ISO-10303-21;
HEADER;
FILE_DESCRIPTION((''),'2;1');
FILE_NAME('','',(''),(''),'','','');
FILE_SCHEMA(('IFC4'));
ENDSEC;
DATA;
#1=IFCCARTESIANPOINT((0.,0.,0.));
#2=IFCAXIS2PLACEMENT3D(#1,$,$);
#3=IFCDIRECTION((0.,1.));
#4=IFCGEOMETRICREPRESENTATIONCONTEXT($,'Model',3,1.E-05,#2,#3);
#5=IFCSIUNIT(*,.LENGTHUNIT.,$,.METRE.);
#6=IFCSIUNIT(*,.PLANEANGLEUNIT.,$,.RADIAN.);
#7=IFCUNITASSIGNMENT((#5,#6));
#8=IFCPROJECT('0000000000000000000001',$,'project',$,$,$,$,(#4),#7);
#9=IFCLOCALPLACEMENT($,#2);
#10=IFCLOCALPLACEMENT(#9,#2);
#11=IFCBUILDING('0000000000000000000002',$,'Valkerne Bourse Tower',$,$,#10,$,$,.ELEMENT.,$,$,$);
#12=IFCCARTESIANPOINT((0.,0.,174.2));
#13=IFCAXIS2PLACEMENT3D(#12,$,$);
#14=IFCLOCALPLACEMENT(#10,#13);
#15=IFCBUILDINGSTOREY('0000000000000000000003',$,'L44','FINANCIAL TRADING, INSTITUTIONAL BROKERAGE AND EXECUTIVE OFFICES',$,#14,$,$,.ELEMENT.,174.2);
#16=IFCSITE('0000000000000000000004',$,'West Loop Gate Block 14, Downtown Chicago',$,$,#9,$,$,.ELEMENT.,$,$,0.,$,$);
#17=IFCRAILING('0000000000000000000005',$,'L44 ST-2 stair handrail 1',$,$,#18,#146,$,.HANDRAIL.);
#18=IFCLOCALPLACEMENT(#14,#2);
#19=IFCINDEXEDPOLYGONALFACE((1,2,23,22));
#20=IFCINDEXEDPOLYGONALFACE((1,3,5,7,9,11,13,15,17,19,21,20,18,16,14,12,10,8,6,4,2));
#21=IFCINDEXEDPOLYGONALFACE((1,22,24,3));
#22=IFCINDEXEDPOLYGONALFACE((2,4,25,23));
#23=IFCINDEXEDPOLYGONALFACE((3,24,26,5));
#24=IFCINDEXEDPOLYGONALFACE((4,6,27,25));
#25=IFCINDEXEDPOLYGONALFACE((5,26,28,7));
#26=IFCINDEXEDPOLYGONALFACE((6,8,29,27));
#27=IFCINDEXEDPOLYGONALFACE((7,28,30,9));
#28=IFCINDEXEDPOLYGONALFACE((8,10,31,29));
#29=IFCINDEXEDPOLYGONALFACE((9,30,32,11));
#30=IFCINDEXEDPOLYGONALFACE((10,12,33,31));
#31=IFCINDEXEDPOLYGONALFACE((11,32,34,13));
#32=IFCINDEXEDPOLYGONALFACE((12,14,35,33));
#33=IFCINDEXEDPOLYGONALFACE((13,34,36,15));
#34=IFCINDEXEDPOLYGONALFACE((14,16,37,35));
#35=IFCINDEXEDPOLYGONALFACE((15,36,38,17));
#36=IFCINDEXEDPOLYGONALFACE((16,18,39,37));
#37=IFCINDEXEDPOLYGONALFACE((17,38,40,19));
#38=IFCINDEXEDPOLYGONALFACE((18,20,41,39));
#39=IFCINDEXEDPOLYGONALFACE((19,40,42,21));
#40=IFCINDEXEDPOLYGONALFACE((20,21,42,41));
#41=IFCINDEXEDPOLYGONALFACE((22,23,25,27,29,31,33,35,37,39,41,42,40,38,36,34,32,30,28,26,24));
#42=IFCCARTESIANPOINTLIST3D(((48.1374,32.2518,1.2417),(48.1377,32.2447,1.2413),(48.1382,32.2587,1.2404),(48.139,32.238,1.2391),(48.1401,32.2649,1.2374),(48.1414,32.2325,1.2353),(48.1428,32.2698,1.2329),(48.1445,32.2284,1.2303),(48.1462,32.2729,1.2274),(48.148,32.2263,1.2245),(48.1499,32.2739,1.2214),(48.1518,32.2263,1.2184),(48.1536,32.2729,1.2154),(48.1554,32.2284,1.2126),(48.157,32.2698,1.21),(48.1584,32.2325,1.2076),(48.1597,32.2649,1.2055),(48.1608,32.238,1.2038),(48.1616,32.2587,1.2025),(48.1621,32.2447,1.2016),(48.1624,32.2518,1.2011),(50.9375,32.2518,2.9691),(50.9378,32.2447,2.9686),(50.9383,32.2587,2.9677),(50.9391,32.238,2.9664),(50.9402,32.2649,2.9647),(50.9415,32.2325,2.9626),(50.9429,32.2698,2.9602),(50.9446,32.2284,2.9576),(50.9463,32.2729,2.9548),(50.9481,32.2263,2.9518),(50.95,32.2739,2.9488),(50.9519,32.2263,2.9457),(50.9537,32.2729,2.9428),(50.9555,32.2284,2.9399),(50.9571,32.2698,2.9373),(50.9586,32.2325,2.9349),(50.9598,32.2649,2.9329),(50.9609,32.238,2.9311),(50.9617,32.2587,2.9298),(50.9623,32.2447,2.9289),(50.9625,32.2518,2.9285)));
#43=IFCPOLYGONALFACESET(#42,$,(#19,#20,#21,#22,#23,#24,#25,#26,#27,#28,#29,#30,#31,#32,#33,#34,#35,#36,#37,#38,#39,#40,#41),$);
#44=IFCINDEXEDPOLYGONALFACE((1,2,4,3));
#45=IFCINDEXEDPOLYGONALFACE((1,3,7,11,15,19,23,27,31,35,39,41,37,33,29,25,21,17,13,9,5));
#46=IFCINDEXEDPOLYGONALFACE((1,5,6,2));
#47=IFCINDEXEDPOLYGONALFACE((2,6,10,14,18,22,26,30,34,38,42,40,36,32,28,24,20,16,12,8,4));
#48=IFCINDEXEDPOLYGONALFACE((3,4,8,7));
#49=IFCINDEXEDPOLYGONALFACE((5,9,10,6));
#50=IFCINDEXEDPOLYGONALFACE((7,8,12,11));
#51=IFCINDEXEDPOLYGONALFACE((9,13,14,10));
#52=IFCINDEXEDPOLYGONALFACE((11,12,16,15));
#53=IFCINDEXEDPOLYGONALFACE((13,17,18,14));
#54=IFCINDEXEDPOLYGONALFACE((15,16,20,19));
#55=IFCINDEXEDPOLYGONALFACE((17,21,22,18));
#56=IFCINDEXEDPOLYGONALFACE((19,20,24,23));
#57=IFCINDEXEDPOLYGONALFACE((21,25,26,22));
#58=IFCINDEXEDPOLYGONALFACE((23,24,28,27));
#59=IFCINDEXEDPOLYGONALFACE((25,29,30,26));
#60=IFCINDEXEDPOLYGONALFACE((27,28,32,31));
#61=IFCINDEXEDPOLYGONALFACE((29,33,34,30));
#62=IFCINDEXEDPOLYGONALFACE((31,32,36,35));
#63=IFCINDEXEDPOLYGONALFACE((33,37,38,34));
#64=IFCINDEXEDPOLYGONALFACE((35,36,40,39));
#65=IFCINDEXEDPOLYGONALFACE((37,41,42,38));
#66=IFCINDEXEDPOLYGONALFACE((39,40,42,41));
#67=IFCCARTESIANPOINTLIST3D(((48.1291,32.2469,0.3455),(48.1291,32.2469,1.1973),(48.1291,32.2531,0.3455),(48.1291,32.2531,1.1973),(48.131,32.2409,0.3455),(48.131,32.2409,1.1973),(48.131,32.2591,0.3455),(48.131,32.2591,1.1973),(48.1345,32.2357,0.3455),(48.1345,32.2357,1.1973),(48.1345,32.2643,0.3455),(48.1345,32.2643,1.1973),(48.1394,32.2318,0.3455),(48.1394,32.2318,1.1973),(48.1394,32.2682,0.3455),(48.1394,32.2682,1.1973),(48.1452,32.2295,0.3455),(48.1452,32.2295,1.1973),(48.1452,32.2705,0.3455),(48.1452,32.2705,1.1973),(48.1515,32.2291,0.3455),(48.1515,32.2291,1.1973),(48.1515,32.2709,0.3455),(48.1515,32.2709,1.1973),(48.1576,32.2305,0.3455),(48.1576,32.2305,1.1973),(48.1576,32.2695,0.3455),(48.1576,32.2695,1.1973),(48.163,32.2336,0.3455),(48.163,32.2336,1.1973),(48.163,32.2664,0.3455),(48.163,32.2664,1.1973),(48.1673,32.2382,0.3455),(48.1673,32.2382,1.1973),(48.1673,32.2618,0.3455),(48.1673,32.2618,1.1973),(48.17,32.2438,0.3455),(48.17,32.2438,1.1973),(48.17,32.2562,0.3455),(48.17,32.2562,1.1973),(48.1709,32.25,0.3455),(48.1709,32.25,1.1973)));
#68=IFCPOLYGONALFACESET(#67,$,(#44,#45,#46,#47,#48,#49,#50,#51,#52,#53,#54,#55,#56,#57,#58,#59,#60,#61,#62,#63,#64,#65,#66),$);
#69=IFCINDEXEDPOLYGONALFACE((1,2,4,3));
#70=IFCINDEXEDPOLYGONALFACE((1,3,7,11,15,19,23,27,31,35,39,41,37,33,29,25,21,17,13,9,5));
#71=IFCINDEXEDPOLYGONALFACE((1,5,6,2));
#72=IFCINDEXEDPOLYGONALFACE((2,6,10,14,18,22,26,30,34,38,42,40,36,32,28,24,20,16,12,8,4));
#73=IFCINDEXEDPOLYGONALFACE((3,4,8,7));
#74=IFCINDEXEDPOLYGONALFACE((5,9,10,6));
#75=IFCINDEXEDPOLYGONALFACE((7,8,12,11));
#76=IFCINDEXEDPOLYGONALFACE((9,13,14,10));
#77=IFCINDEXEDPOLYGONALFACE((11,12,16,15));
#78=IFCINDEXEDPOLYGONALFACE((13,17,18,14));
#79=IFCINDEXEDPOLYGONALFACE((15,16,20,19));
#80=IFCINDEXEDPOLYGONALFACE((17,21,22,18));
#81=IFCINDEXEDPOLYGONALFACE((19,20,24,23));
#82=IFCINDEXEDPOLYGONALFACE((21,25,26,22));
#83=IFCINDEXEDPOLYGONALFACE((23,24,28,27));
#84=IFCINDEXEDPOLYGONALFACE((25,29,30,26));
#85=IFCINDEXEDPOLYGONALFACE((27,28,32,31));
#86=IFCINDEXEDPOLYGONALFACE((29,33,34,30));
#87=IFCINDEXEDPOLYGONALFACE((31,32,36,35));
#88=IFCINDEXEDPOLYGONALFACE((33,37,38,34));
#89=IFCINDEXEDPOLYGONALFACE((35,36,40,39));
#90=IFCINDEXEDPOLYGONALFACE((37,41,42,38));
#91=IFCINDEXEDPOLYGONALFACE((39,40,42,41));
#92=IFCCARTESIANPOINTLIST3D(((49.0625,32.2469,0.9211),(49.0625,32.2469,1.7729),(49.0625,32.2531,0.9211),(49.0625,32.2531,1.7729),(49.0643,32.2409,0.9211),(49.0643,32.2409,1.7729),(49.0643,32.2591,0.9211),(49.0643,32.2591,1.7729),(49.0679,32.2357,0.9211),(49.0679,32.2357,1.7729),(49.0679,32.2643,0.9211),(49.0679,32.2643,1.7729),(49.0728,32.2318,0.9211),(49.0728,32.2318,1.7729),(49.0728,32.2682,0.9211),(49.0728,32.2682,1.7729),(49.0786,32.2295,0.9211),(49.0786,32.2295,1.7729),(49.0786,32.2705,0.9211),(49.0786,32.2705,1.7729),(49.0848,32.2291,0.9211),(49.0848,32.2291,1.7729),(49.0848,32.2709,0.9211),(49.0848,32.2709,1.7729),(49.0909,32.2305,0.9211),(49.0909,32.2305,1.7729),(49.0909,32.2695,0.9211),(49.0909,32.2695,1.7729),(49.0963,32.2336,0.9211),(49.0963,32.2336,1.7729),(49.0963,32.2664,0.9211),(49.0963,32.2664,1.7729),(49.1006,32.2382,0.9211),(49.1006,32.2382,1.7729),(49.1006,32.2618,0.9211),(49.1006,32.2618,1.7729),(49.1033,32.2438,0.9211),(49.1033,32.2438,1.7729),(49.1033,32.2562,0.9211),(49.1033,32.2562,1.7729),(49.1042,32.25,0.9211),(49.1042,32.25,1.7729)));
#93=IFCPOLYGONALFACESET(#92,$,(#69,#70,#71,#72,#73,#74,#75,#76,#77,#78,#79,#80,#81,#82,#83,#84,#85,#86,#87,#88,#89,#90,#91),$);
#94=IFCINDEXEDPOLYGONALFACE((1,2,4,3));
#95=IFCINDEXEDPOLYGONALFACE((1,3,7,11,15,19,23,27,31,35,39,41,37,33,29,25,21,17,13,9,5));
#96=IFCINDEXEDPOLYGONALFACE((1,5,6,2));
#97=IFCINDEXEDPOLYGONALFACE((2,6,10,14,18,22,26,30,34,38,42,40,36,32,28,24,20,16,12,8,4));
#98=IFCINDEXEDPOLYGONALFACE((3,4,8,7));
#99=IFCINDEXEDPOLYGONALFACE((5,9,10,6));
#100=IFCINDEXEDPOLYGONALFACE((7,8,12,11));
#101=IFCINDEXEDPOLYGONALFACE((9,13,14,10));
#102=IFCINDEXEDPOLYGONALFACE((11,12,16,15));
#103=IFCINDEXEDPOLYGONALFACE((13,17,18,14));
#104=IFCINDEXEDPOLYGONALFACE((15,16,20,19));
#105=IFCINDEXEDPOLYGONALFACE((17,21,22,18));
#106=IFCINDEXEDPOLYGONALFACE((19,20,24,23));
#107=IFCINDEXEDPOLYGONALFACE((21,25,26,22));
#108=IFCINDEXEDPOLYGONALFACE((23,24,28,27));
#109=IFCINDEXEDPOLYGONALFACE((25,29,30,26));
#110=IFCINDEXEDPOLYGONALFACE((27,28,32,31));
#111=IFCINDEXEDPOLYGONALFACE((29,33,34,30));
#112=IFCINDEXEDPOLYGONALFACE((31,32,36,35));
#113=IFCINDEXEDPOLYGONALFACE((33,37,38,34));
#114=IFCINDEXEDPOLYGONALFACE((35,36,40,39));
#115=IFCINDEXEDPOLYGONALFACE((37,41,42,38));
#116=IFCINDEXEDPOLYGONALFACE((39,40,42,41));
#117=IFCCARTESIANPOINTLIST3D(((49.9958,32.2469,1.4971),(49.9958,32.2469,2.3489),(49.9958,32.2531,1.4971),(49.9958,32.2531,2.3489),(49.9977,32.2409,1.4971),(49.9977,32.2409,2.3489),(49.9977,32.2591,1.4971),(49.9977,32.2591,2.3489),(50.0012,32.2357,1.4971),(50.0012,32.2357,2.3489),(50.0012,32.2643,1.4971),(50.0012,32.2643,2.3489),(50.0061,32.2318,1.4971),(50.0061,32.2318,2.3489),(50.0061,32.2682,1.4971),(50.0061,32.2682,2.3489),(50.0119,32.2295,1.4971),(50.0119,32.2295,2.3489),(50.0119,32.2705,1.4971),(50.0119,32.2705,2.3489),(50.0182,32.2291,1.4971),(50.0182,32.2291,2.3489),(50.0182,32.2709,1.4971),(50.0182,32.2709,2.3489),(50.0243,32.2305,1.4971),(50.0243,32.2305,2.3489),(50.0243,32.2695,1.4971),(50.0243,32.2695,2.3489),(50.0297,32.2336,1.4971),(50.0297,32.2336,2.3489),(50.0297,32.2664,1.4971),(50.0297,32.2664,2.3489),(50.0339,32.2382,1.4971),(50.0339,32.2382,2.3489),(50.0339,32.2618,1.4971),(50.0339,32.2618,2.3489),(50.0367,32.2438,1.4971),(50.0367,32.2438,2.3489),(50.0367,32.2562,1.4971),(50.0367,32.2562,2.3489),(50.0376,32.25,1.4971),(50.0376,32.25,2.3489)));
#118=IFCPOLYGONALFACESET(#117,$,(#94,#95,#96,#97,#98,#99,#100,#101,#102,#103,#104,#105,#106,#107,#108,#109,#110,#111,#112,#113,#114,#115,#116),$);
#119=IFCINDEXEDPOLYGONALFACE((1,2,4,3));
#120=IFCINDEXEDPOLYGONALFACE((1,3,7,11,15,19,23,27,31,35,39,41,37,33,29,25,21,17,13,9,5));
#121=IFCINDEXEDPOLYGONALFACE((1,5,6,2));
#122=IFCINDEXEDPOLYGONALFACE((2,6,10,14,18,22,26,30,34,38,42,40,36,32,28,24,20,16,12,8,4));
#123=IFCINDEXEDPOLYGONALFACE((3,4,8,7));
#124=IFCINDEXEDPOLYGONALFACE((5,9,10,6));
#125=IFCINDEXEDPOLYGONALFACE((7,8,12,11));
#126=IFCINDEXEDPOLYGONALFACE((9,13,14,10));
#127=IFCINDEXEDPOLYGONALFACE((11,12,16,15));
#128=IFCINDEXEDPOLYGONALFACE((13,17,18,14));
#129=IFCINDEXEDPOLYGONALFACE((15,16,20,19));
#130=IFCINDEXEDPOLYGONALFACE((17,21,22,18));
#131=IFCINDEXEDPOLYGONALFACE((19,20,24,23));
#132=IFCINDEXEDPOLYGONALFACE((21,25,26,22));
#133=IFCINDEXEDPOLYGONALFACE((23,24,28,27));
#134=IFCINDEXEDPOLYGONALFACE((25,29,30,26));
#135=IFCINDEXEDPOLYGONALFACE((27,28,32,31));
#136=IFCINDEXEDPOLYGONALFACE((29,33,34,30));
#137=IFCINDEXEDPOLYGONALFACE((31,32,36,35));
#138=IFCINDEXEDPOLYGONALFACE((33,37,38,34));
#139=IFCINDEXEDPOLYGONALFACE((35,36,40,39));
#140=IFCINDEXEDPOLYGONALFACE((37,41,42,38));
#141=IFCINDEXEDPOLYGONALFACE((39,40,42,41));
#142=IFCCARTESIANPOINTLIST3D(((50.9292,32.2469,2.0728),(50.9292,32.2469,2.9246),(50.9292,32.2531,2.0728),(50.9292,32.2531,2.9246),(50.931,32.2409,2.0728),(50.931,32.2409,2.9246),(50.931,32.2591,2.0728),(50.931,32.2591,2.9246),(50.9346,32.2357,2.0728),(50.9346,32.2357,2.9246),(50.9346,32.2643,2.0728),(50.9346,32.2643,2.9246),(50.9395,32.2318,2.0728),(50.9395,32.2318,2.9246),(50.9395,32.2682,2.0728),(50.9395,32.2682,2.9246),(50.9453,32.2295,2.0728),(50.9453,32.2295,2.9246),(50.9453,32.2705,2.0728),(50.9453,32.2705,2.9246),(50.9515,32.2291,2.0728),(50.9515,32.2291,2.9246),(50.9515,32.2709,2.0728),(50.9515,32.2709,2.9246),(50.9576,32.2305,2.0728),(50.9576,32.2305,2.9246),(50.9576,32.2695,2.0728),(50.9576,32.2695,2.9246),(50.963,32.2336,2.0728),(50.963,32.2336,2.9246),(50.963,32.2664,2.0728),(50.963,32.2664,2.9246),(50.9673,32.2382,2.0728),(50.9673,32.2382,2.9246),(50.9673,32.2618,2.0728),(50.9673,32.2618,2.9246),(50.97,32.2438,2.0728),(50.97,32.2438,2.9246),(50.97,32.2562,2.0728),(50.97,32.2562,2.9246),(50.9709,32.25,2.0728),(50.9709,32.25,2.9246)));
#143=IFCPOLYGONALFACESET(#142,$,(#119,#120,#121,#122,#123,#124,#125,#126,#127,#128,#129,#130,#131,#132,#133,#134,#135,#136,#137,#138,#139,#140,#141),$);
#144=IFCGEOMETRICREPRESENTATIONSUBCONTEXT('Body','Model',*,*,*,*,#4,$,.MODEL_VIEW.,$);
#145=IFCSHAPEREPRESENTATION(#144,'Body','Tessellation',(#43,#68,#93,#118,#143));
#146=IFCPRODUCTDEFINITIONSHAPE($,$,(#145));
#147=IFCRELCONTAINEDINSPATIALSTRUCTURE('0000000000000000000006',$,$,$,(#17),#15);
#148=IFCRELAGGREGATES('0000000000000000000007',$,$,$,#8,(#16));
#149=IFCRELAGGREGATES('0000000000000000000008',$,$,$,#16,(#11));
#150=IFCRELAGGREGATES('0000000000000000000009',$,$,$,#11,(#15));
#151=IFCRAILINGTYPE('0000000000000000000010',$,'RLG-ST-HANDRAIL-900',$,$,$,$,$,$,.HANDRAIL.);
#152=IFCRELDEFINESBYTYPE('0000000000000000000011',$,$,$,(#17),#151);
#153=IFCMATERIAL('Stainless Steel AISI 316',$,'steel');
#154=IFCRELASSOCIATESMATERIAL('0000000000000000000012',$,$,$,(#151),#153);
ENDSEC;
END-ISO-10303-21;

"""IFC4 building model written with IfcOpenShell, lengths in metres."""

from ifc_helpers import new_model, si_unit, direction, frame, origin, origin_2d, place, context, subcontext, project, spatial, circle, extrude, material, type_object, element, save


model = new_model("IFC4")

# Units and contexts
model_context = context("Model", 3, precision=1e-05, world=origin(), true_north=direction((0.0, 1.0)))
body_context = subcontext(model_context, "Body", "Model", "MODEL_VIEW")
ifc_project = project(units=[si_unit("LENGTHUNIT", "METRE"), si_unit("PLANEANGLEUNIT", "RADIAN")], contexts=[model_context])

# Site, building, storey
site_placement = place(None, origin())
site = spatial("IfcSite", under=ifc_project, at=site_placement, Name="West Loop Gate Block 14, Downtown Chicago", CompositionType="ELEMENT", RefElevation=0.0)
building_placement = place(site_placement, origin())
building = spatial("IfcBuilding", under=site, at=building_placement, Name="Valkerne Bourse Tower", CompositionType="ELEMENT")
storey_placement = place(building_placement, frame((0.0, 0.0, 174.2)))
storey = spatial("IfcBuildingStorey", under=building, at=storey_placement, Name="L44", Description="FINANCIAL TRADING, INSTITUTIONAL BROKERAGE AND EXECUTIVE OFFICES", CompositionType="ELEMENT", Elevation=174.2)

# Shared definitions
ifc_material_1 = material(Name="Stainless Steel AISI 316", Category="steel")

# Railing
railing_type_1 = type_object("IfcRailingType", Name="RLG-ST-HANDRAIL-900", PredefinedType="HANDRAIL", material=ifc_material_1)
railing_1_placement = place(storey_placement, frame((48.1499, 32.25, 0.3455)))
element("IfcRailing", 1, at=railing_1_placement, inside=storey, type_object=railing_type_1, Name="L44 ST-2 stair handrail 1", PredefinedType="HANDRAIL", context=body_context, shape_type="SweptSolid", body=[
    extrude(circle(Radius=0.0239, at=origin_2d()), frame((0.0, 0.0, 0.876), z_axis=(0.85109, 0.0, 0.52502), x_axis=(0.0, 1.0, 0.0)), (0.0, 0.0, 1.0), 3.29),
    extrude(circle(Radius=0.021, at=origin_2d()), origin(), (0.0, 0.0, 1.0), 0.8518),
    extrude(circle(Radius=0.021, at=origin_2d()), frame((0.9333, 0.0, 0.5757)), (0.0, 0.0, 1.0), 0.8518),
    extrude(circle(Radius=0.021, at=origin_2d()), frame((1.8667, 0.0, 1.1516)), (0.0, 0.0, 1.0), 0.8518),
    extrude(circle(Radius=0.021, at=origin_2d()), frame((2.8, 0.0, 1.7273)), (0.0, 0.0, 1.0), 0.8518),
])

save(model, "model.ifc")
